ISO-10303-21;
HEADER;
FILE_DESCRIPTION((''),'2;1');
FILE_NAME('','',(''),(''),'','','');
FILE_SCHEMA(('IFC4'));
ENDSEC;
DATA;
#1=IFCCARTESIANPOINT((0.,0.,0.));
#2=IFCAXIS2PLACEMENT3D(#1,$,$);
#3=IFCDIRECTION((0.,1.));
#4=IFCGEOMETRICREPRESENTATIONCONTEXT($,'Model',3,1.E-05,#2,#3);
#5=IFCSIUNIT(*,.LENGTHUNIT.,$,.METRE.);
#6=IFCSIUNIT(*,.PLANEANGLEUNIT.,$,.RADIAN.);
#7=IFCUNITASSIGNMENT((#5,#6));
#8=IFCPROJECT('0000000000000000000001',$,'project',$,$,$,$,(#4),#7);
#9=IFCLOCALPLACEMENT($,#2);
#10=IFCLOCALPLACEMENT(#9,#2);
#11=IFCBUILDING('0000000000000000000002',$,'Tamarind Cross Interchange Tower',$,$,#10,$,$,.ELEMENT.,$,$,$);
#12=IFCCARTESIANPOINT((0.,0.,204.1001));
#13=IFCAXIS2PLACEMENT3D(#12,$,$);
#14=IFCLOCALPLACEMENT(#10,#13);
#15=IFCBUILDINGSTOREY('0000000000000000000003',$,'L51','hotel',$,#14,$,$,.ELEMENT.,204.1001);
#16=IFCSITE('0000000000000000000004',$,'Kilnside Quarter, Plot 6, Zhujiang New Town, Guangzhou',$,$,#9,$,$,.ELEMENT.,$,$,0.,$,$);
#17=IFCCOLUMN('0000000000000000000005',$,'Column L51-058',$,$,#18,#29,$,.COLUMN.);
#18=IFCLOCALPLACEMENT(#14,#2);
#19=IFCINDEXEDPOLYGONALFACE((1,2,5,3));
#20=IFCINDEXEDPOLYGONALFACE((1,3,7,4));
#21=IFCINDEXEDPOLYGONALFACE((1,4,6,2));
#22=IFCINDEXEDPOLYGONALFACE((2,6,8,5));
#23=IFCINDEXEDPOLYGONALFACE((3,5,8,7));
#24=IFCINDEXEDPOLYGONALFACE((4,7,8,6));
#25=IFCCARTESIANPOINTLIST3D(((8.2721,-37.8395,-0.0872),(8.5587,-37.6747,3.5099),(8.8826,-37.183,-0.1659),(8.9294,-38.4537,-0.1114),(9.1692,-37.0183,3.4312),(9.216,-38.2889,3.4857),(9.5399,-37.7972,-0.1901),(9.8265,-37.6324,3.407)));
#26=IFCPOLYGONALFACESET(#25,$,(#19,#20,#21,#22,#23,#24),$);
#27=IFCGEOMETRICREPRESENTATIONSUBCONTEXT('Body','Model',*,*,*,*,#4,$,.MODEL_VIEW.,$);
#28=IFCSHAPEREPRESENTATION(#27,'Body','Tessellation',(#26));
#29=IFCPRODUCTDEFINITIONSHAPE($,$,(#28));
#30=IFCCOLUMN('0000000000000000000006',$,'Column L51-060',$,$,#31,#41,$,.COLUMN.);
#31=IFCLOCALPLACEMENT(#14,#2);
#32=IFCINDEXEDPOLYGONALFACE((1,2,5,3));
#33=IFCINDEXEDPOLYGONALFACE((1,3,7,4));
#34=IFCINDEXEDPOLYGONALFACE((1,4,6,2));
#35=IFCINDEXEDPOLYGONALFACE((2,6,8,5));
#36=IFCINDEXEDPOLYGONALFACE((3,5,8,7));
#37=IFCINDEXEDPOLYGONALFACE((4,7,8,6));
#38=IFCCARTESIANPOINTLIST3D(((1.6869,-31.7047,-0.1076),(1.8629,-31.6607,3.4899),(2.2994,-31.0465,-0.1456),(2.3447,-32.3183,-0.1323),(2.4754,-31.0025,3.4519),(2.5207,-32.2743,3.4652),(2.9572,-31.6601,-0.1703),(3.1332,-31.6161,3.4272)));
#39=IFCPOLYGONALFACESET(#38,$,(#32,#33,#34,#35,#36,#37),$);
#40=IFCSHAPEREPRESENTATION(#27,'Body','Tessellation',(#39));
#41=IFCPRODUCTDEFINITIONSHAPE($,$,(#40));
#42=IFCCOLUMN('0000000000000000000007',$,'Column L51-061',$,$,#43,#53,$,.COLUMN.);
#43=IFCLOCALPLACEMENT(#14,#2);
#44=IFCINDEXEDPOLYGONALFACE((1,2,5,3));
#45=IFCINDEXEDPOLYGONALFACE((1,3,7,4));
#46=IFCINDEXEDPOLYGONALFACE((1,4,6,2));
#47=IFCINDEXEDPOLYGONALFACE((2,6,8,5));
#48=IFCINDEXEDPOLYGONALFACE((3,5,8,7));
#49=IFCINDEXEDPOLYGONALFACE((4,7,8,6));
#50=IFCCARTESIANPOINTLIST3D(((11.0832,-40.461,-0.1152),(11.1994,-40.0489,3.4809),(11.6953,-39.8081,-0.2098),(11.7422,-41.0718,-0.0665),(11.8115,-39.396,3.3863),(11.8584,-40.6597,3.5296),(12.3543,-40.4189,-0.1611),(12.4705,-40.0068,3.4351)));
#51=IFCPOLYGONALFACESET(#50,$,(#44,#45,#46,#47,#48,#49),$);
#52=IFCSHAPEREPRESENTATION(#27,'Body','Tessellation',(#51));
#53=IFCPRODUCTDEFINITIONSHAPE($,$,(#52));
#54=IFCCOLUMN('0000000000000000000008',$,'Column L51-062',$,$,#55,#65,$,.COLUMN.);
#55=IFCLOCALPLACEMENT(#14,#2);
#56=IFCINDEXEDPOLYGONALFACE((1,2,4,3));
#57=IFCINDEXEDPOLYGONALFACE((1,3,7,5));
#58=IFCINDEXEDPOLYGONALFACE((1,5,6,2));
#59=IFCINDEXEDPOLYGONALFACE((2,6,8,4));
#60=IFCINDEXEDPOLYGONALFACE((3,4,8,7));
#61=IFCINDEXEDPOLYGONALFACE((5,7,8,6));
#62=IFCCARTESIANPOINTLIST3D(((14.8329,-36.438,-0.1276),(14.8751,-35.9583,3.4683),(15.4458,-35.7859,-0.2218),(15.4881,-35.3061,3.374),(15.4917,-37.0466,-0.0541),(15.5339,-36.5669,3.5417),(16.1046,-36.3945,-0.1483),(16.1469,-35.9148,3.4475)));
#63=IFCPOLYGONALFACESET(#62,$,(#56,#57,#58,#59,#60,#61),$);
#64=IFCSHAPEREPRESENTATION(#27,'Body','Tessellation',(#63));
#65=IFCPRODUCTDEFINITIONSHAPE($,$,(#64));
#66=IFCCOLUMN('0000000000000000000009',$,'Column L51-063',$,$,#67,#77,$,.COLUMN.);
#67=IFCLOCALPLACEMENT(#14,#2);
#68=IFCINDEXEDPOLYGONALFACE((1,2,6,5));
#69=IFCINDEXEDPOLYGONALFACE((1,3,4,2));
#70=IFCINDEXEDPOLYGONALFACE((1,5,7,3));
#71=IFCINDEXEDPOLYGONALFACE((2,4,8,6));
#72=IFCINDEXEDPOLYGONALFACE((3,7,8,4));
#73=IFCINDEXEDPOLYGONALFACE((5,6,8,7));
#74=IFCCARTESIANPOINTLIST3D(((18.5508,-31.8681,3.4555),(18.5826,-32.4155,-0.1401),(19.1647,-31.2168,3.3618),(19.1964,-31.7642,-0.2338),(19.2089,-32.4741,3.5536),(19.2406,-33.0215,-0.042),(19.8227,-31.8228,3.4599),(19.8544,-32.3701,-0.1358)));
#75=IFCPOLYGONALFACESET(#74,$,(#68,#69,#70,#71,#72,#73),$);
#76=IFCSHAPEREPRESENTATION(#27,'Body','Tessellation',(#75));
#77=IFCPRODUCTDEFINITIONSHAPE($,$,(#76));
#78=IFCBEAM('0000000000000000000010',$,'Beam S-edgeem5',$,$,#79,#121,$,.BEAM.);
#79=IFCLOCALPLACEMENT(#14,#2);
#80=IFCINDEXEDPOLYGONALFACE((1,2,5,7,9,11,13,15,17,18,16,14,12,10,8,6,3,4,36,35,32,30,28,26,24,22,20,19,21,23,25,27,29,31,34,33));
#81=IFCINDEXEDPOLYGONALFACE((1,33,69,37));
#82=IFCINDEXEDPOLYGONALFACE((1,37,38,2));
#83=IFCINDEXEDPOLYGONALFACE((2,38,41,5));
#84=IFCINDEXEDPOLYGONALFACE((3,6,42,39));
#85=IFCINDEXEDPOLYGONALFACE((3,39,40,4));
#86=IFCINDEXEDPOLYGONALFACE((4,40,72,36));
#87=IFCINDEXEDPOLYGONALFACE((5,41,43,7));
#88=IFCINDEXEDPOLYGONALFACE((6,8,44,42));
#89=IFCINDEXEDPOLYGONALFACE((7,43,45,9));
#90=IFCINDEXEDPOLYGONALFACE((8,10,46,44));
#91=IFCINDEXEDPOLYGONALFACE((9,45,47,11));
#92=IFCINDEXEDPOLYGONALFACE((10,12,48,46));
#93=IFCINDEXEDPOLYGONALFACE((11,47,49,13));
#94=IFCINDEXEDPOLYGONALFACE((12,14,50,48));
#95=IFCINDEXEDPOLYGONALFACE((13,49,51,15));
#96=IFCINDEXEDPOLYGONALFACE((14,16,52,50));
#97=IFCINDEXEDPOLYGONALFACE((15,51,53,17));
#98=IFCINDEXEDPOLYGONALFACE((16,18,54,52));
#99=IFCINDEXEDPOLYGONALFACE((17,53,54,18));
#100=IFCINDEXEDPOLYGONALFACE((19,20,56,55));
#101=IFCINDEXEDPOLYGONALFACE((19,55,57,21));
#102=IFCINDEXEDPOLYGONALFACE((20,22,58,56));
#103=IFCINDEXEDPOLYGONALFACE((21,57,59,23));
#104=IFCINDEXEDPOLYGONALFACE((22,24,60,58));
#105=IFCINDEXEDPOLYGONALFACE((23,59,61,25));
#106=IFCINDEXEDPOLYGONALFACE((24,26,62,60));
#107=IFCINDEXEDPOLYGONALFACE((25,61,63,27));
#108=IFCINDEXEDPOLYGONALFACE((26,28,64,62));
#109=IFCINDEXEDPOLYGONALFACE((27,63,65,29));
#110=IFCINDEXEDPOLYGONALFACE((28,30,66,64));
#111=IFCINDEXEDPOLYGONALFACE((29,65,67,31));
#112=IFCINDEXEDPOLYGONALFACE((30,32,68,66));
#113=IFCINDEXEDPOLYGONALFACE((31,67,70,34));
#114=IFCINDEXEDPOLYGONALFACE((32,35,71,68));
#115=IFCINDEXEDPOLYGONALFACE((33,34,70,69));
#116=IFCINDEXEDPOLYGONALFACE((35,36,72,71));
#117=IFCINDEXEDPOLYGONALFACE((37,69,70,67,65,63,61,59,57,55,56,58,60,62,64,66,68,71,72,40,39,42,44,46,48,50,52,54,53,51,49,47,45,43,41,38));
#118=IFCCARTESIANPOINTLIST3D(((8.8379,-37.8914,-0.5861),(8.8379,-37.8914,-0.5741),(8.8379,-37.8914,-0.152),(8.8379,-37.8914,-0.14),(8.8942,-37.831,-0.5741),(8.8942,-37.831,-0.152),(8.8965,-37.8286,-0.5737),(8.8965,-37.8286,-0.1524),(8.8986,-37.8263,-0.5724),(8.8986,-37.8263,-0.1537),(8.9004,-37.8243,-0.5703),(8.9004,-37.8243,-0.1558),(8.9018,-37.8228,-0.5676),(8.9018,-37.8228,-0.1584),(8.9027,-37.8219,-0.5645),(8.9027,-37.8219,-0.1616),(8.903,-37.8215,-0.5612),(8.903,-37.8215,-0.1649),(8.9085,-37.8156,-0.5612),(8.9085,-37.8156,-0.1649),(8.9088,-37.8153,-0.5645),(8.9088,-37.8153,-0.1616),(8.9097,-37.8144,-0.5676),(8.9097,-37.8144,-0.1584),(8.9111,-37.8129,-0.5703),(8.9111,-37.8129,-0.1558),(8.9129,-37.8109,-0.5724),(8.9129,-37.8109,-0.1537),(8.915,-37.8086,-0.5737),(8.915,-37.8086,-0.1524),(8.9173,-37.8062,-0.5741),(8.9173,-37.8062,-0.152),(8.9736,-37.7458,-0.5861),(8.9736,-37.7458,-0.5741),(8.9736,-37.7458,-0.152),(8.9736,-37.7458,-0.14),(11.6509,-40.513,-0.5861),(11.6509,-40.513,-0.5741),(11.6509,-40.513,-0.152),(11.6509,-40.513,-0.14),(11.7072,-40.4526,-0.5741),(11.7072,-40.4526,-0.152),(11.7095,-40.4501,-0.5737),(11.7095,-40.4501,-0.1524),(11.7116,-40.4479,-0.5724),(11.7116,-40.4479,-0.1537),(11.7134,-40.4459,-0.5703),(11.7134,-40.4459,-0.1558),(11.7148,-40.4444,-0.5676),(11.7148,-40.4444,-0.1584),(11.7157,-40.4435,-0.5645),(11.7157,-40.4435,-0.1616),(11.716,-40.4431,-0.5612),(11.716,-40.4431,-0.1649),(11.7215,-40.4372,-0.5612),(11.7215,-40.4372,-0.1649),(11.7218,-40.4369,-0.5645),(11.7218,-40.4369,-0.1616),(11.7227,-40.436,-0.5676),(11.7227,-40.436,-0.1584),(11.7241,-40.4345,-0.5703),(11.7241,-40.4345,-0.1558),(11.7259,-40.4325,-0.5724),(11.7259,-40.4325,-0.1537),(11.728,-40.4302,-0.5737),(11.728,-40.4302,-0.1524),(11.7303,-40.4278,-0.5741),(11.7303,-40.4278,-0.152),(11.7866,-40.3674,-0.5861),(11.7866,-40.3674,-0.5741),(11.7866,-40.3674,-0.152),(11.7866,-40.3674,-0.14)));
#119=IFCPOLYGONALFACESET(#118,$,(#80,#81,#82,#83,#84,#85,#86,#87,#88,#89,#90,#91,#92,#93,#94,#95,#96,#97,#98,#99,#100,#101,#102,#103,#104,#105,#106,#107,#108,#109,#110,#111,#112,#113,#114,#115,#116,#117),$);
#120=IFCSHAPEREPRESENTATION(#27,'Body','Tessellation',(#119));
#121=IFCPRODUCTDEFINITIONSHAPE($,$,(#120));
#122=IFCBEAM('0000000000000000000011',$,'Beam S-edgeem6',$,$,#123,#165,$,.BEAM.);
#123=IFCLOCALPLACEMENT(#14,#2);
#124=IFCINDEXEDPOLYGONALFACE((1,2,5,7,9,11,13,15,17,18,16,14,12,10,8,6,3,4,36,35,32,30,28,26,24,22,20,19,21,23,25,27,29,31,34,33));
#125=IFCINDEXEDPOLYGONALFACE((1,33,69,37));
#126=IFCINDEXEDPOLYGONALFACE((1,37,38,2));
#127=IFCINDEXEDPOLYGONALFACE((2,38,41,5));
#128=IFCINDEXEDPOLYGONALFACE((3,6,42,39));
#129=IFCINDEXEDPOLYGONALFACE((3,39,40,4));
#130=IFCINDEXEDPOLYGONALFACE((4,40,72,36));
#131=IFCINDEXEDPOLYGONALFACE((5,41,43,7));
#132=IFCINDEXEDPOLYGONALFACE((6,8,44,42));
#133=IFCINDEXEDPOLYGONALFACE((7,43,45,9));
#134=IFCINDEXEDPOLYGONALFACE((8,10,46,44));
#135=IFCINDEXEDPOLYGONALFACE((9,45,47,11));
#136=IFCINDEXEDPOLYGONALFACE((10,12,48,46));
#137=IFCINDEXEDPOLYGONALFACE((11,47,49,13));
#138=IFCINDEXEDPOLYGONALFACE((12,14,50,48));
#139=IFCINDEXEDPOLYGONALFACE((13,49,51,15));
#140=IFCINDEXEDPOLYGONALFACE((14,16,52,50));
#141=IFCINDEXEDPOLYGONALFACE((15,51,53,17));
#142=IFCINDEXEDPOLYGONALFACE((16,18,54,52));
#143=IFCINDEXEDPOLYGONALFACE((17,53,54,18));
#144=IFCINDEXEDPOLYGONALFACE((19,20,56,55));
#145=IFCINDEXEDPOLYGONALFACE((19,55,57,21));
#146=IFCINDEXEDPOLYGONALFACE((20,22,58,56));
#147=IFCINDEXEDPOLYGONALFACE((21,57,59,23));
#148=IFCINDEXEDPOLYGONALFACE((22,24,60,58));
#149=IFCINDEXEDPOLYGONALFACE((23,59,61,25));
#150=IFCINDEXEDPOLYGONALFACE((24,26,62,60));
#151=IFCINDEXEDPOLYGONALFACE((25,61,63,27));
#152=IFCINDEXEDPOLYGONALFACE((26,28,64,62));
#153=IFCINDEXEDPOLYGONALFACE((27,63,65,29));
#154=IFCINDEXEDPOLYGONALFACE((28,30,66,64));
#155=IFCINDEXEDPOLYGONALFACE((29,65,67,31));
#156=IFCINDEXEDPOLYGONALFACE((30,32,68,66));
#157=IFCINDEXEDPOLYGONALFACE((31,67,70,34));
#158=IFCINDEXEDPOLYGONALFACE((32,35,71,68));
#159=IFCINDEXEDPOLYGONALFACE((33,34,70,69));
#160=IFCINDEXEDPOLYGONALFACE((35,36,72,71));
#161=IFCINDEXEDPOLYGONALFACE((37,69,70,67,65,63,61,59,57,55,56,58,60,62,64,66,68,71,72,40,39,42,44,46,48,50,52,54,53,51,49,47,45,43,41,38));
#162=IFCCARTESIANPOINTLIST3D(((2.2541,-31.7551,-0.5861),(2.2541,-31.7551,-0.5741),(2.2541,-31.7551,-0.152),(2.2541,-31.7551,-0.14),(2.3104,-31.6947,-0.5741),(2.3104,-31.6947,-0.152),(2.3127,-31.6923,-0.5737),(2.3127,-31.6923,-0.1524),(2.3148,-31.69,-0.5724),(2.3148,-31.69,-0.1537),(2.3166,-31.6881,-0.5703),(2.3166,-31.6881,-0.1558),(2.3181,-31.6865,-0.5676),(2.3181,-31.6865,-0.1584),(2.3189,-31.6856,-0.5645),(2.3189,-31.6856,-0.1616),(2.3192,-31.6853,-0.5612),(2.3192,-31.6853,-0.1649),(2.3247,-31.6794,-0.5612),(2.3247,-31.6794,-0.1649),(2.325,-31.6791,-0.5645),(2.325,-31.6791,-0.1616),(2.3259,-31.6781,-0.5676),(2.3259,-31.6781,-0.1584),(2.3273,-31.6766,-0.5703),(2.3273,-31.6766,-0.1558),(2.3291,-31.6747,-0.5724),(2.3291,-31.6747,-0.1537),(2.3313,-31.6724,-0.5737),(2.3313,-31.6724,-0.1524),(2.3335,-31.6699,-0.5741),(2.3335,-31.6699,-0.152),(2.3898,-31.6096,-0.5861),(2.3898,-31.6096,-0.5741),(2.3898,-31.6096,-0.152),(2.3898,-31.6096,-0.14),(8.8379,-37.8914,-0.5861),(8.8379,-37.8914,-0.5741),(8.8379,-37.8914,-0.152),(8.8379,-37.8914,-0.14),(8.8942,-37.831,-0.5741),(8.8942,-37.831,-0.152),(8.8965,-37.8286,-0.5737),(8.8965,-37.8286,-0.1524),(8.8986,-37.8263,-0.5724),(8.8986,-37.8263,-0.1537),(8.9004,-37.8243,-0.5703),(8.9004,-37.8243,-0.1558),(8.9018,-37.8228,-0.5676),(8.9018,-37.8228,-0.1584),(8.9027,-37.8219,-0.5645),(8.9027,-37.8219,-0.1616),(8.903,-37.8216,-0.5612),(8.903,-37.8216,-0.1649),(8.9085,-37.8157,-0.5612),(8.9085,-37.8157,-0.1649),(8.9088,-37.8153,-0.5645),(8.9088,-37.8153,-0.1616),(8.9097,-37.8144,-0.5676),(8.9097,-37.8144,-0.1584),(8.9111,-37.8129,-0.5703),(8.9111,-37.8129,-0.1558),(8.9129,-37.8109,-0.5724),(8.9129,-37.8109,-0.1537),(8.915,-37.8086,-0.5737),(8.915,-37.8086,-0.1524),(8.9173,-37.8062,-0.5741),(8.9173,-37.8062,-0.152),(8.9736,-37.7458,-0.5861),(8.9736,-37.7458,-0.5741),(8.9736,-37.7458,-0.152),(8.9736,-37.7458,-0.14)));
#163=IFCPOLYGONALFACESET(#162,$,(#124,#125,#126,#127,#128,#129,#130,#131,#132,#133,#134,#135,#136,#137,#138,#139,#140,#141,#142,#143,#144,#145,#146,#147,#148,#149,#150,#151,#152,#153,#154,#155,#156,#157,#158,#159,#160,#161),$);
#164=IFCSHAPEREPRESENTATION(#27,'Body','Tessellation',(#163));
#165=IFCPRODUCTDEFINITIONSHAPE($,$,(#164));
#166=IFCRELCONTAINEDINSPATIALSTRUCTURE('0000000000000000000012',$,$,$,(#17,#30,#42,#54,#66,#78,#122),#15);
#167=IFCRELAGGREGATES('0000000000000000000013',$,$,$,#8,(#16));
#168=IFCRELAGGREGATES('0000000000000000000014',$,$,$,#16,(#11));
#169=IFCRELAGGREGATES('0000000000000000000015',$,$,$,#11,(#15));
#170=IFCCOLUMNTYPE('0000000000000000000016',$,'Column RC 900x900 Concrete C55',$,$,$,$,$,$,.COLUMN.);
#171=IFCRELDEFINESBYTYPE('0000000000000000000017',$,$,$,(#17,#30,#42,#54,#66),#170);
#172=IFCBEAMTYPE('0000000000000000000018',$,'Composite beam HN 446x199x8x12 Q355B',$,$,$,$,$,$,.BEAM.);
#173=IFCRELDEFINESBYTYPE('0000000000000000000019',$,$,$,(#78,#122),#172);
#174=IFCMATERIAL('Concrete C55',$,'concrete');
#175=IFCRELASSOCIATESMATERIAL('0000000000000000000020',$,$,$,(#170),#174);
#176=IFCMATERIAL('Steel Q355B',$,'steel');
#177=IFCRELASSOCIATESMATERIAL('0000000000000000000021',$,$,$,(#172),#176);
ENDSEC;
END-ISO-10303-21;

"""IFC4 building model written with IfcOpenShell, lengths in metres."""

from ifc_helpers import new_model, si_unit, direction, frame, origin, origin_2d, place, context, subcontext, project, spatial, rectangle, i_section, extrude, material, material_profile, profile_set, type_object, element, save


model = new_model("IFC4")

# Units and contexts
model_context = context("Model", 3, precision=1e-05, world=origin(), true_north=direction((0.0, 1.0)))
body_context = subcontext(model_context, "Body", "Model", "MODEL_VIEW")
ifc_project = project(units=[si_unit("LENGTHUNIT", "METRE"), si_unit("PLANEANGLEUNIT", "RADIAN")], contexts=[model_context])

# Site, building, storey
site_placement = place(None, origin())
site = spatial("IfcSite", under=ifc_project, at=site_placement, Name="Kilnside Quarter, Plot 6, Zhujiang New Town, Guangzhou", CompositionType="ELEMENT", RefElevation=0.0)
building_placement = place(site_placement, origin())
building = spatial("IfcBuilding", under=site, at=building_placement, Name="Tamarind Cross Interchange Tower", CompositionType="ELEMENT")
storey_placement = place(building_placement, frame((0.0, 0.0, 204.1001)))
storey = spatial("IfcBuildingStorey", under=building, at=storey_placement, Name="L51", Description="hotel", CompositionType="ELEMENT", Elevation=204.1001)

# Columns
ifc_material_1 = material(Name="Concrete C55", Category="concrete")
ifc_material_profile_1 = material_profile(ifc_material_1, rectangle(XDim=0.8999, YDim=0.8999, at=origin_2d()), Name="RC 900x900")
ifc_profile_set_1 = profile_set([ifc_material_profile_1], Name="Concrete C55")
column_type = type_object("IfcColumnType", Name="Column RC 900x900 Concrete C55", PredefinedType="COLUMN", material=ifc_profile_set_1)
column_1_placement = place(storey_placement, frame((8.906, -37.8184, -0.1387), z_axis=(0.079345, 0.04562, 0.995803), x_axis=(-0.730415, 0.682472, 0.026934)))
element("IfcColumn", 1, at=column_1_placement, inside=storey, type_object=column_type, Name="Column L51-058", PredefinedType="COLUMN", context=body_context, shape_type="SweptSolid", body=[
    extrude(rectangle(XDim=0.8999, YDim=0.8999, at=origin_2d()), origin(), (0.0, 0.0, 1.0), 3.6123),
])
column_2_placement = place(storey_placement, frame((2.322, -31.6824, -0.1389), z_axis=(0.048869, 0.0122, 0.998731), x_axis=(-0.730988, 0.681839, 0.027439)))
element("IfcColumn", 2, at=column_2_placement, inside=storey, type_object=column_type, Name="Column L51-060", PredefinedType="COLUMN", context=body_context, shape_type="SweptSolid", body=[
    extrude(rectangle(XDim=0.8999, YDim=0.8999, at=origin_2d()), origin(), (0.0, 0.0, 1.0), 3.6021),
])
column_3_placement = place(storey_placement, frame((11.7188, -40.4399, -0.1382), z_axis=(0.032088, 0.113792, 0.992986), x_axis=(-0.680161, -0.725487, 0.105117)))
element("IfcColumn", 3, at=column_3_placement, inside=storey, type_object=column_type, Name="Column L51-061", PredefinedType="COLUMN", context=body_context, shape_type="SweptSolid", body=[
    extrude(rectangle(XDim=0.8999, YDim=0.8999, at=origin_2d()), origin(), (0.0, 0.0, 1.0), 3.6216),
])
column_4_placement = place(storey_placement, frame((15.4688, -36.4163, -0.1379), z_axis=(0.011642, 0.132239, 0.99115), x_axis=(-0.681125, -0.724645, 0.104682)))
element("IfcColumn", 4, at=column_4_placement, inside=storey, type_object=column_type, Name="Column L51-062", PredefinedType="COLUMN", context=body_context, shape_type="SweptSolid", body=[
    extrude(rectangle(XDim=0.8999, YDim=0.8999, at=origin_2d()), origin(), (0.0, 0.0, 1.0), 3.6279),
])
column_5_placement = place(storey_placement, frame((19.2185, -32.3928, -0.1379), z_axis=(-0.008726, 0.150488, 0.988573), x_axis=(-0.682102, -0.7238, 0.104161)))
element("IfcColumn", 5, at=column_5_placement, inside=storey, type_object=column_type, Name="Column L51-063", PredefinedType="COLUMN", context=body_context, shape_type="SweptSolid", body=[
    extrude(rectangle(XDim=0.8999, YDim=0.8999, at=origin_2d()), origin(), (0.0, 0.0, 1.0), 3.6372),
])

# Beams
ifc_material_2 = material(Name="Steel Q355B", Category="steel")
ifc_material_profile_2 = material_profile(ifc_material_2, i_section(OverallWidth=0.199, OverallDepth=0.446, WebThickness=0.0081, FlangeThickness=0.012, FilletRadius=0.0129, at=origin_2d()), Name="HN 446x199x8x12")
ifc_profile_set_2 = profile_set([ifc_material_profile_2], Name="Steel Q355B")
beam_type_1 = type_object("IfcBeamType", Name="Composite beam HN 446x199x8x12 Q355B", PredefinedType="BEAM", material=ifc_profile_set_2)
beam_1_placement = place(storey_placement, frame((11.7188, -40.4402, -0.363), z_axis=(-0.731558, 0.68178, 0.0), x_axis=(-0.68178, -0.731558, 0.0)))
element("IfcBeam", 6, at=beam_1_placement, inside=storey, type_object=beam_type_1, Name="Beam S-edgeem5", PredefinedType="BEAM", context=body_context, shape_type="SweptSolid", body=[
    extrude(i_section(OverallWidth=0.199, OverallDepth=0.446, WebThickness=0.0081, FlangeThickness=0.012, FilletRadius=0.0129, at=origin_2d()), origin(), (0.0, 0.0, 1.0), 3.8452),
])
beam_2_placement = place(storey_placement, frame((8.9058, -37.8186, -0.363), z_axis=(-0.731531, 0.681808, 0.0), x_axis=(-0.681808, -0.731531, 0.0)))
element("IfcBeam", 7, at=beam_2_placement, inside=storey, type_object=beam_type_1, Name="Beam S-edgeem6", PredefinedType="BEAM", context=body_context, shape_type="SweptSolid", body=[
    extrude(i_section(OverallWidth=0.199, OverallDepth=0.446, WebThickness=0.0081, FlangeThickness=0.012, FilletRadius=0.0129, at=origin_2d()), origin(), (0.0, 0.0, 1.0), 9.0),
])

save(model, "model.ifc")
